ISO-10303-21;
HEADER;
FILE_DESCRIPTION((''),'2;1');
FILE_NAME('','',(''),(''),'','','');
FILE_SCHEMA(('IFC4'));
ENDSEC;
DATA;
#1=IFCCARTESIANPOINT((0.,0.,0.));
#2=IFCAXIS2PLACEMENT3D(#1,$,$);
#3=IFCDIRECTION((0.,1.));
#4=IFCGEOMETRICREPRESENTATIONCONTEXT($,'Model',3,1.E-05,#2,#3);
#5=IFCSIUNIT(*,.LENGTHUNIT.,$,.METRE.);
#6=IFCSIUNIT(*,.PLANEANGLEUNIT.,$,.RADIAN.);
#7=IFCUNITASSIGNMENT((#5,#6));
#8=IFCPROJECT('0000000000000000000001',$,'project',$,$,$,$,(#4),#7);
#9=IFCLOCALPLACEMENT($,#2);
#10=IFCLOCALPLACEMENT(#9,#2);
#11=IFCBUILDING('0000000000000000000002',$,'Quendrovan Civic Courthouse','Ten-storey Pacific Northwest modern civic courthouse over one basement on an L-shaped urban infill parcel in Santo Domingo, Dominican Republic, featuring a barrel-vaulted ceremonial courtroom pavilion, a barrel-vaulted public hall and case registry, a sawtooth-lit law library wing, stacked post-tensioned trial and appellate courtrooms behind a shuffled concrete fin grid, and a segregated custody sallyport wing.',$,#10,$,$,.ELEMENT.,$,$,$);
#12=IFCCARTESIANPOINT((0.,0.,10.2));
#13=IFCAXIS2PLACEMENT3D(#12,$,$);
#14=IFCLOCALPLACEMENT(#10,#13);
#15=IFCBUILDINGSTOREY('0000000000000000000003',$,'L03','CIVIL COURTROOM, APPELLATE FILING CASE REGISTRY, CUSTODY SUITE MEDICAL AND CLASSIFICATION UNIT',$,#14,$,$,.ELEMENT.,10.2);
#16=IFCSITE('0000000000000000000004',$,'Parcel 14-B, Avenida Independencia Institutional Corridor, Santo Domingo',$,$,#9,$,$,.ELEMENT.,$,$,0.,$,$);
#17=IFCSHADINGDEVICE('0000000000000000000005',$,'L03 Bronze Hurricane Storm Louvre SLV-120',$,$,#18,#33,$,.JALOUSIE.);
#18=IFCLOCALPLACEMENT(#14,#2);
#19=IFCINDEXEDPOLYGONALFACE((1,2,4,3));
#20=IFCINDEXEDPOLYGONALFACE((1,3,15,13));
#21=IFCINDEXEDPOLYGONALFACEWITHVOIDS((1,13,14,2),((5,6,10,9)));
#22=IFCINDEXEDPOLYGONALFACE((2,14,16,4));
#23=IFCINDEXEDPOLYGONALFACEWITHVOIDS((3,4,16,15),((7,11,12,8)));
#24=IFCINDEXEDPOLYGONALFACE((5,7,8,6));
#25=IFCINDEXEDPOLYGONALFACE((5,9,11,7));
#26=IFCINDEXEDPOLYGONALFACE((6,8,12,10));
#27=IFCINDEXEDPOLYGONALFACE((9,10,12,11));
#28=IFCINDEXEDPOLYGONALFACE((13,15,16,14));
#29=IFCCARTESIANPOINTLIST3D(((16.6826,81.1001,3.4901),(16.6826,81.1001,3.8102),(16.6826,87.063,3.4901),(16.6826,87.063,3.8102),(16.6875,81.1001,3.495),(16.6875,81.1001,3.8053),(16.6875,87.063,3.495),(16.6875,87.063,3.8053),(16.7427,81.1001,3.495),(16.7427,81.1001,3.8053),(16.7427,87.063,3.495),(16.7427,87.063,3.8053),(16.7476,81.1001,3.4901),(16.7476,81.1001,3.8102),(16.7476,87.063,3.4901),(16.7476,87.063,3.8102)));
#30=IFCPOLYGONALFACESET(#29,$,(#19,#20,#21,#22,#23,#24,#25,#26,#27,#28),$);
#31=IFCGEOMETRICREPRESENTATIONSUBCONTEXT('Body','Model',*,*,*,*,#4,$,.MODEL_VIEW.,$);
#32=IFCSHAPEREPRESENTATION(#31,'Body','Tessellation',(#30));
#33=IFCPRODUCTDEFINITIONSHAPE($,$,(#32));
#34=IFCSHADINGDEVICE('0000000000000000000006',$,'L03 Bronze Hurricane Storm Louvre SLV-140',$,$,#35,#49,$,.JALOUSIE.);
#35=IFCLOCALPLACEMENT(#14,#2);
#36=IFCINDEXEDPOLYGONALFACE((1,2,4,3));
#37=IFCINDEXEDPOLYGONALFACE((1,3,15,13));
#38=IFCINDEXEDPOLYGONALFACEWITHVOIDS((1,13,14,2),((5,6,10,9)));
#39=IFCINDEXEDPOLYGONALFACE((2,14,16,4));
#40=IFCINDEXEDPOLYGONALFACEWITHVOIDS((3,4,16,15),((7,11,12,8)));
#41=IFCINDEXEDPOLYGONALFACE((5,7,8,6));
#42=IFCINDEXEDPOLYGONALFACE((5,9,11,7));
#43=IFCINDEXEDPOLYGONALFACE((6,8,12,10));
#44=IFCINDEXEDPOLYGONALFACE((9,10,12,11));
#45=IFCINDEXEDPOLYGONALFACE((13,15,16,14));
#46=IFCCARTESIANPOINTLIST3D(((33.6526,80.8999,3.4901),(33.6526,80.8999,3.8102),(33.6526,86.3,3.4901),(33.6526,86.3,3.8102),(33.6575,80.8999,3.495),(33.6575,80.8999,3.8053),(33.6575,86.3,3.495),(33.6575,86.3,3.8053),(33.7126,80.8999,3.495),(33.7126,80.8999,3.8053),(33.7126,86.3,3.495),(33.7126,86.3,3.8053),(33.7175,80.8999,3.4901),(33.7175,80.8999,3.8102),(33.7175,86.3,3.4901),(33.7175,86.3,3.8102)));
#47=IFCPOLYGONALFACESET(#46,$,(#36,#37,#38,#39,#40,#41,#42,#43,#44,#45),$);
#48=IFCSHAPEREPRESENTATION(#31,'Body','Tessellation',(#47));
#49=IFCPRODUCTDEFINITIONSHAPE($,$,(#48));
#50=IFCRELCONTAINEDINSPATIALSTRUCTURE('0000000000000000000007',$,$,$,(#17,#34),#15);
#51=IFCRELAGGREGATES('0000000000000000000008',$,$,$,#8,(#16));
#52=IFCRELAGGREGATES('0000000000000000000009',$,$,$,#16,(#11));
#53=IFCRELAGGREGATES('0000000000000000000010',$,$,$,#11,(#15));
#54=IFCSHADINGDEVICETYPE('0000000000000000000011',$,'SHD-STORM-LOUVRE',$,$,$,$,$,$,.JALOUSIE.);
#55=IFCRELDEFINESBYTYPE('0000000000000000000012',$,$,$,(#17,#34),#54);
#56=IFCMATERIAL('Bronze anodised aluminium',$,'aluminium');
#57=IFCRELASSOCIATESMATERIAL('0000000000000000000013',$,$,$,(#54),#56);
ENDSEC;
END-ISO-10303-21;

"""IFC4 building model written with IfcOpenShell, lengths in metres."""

from ifc_helpers import new_model, si_unit, direction, frame, origin, origin_2d, place, context, subcontext, project, spatial, hollow_rectangle, extrude, material, material_profile, profile_set, type_object, element, save


model = new_model("IFC4")

# Units and contexts
model_context = context("Model", 3, precision=1e-05, world=origin(), true_north=direction((0.0, 1.0)))
body_context = subcontext(model_context, "Body", "Model", "MODEL_VIEW")
ifc_project = project(units=[si_unit("LENGTHUNIT", "METRE"), si_unit("PLANEANGLEUNIT", "RADIAN")], contexts=[model_context])

# Site, building, storey
site_placement = place(None, origin())
site = spatial("IfcSite", under=ifc_project, at=site_placement, Name="Parcel 14-B, Avenida Independencia Institutional Corridor, Santo Domingo", CompositionType="ELEMENT", RefElevation=0.0)
building_placement = place(site_placement, origin())
building = spatial("IfcBuilding", under=site, at=building_placement, Name="Quendrovan Civic Courthouse", Description="Ten-storey Pacific Northwest modern civic courthouse over one basement on an L-shaped urban infill parcel in Santo Domingo, Dominican Republic, featuring a barrel-vaulted ceremonial courtroom pavilion, a barrel-vaulted public hall and case registry, a sawtooth-lit law library wing, stacked post-tensioned trial and appellate courtrooms behind a shuffled concrete fin grid, and a segregated custody sallyport wing.", CompositionType="ELEMENT")
storey_placement = place(building_placement, frame((0.0, 0.0, 10.2)))
storey = spatial("IfcBuildingStorey", under=building, at=storey_placement, Name="L03", Description="CIVIL COURTROOM, APPELLATE FILING CASE REGISTRY, CUSTODY SUITE MEDICAL AND CLASSIFICATION UNIT", CompositionType="ELEMENT", Elevation=10.2)

# Shared definitions
ifc_material_1 = material(Name="Bronze anodised aluminium", Category="aluminium")

# Shading devices
ifc_material_profile_1 = material_profile(ifc_material_1, hollow_rectangle(XDim=0.0649, YDim=0.3201, WallThickness=0.0049, at=origin_2d()), Name="AL-LOUVRE-65x320")
ifc_profile_set_1 = profile_set([ifc_material_profile_1], Name="Bronze anodised aluminium")
shading_device_type = type_object("IfcShadingDeviceType", Name="SHD-STORM-LOUVRE", PredefinedType="JALOUSIE", material=ifc_profile_set_1)
for number, where, z_axis, x_axis, name in (
    (1, (16.7151, 87.063, 3.6501), (0.0, -1.0, 0.0), (1.0, 0.0, 0.0), "L03 Bronze Hurricane Storm Louvre SLV-120"),
):
    element("IfcShadingDevice", number, at=place(storey_placement, frame(where, z_axis=z_axis, x_axis=x_axis)), inside=storey, type_object=shading_device_type, Name=name, PredefinedType="JALOUSIE", context=body_context, shape_type="SweptSolid", body=[
        extrude(hollow_rectangle(XDim=0.0649, YDim=0.3201, WallThickness=0.0049, at=origin_2d()), origin(), (0.0, 0.0, 1.0), 5.9629),
    ])
shading_device_placement = place(storey_placement, frame((33.6851, 80.8999, 3.6501), z_axis=(0.0, 1.0, 0.0), x_axis=(-1.0, 0.0, 0.0)))
element("IfcShadingDevice", 2, at=shading_device_placement, inside=storey, type_object=shading_device_type, Name="L03 Bronze Hurricane Storm Louvre SLV-140", PredefinedType="JALOUSIE", context=body_context, shape_type="SweptSolid", body=[
    extrude(hollow_rectangle(XDim=0.0649, YDim=0.3201, WallThickness=0.0049, at=origin_2d()), origin(), (0.0, 0.0, 1.0), 5.4001),
])

save(model, "model.ifc")
